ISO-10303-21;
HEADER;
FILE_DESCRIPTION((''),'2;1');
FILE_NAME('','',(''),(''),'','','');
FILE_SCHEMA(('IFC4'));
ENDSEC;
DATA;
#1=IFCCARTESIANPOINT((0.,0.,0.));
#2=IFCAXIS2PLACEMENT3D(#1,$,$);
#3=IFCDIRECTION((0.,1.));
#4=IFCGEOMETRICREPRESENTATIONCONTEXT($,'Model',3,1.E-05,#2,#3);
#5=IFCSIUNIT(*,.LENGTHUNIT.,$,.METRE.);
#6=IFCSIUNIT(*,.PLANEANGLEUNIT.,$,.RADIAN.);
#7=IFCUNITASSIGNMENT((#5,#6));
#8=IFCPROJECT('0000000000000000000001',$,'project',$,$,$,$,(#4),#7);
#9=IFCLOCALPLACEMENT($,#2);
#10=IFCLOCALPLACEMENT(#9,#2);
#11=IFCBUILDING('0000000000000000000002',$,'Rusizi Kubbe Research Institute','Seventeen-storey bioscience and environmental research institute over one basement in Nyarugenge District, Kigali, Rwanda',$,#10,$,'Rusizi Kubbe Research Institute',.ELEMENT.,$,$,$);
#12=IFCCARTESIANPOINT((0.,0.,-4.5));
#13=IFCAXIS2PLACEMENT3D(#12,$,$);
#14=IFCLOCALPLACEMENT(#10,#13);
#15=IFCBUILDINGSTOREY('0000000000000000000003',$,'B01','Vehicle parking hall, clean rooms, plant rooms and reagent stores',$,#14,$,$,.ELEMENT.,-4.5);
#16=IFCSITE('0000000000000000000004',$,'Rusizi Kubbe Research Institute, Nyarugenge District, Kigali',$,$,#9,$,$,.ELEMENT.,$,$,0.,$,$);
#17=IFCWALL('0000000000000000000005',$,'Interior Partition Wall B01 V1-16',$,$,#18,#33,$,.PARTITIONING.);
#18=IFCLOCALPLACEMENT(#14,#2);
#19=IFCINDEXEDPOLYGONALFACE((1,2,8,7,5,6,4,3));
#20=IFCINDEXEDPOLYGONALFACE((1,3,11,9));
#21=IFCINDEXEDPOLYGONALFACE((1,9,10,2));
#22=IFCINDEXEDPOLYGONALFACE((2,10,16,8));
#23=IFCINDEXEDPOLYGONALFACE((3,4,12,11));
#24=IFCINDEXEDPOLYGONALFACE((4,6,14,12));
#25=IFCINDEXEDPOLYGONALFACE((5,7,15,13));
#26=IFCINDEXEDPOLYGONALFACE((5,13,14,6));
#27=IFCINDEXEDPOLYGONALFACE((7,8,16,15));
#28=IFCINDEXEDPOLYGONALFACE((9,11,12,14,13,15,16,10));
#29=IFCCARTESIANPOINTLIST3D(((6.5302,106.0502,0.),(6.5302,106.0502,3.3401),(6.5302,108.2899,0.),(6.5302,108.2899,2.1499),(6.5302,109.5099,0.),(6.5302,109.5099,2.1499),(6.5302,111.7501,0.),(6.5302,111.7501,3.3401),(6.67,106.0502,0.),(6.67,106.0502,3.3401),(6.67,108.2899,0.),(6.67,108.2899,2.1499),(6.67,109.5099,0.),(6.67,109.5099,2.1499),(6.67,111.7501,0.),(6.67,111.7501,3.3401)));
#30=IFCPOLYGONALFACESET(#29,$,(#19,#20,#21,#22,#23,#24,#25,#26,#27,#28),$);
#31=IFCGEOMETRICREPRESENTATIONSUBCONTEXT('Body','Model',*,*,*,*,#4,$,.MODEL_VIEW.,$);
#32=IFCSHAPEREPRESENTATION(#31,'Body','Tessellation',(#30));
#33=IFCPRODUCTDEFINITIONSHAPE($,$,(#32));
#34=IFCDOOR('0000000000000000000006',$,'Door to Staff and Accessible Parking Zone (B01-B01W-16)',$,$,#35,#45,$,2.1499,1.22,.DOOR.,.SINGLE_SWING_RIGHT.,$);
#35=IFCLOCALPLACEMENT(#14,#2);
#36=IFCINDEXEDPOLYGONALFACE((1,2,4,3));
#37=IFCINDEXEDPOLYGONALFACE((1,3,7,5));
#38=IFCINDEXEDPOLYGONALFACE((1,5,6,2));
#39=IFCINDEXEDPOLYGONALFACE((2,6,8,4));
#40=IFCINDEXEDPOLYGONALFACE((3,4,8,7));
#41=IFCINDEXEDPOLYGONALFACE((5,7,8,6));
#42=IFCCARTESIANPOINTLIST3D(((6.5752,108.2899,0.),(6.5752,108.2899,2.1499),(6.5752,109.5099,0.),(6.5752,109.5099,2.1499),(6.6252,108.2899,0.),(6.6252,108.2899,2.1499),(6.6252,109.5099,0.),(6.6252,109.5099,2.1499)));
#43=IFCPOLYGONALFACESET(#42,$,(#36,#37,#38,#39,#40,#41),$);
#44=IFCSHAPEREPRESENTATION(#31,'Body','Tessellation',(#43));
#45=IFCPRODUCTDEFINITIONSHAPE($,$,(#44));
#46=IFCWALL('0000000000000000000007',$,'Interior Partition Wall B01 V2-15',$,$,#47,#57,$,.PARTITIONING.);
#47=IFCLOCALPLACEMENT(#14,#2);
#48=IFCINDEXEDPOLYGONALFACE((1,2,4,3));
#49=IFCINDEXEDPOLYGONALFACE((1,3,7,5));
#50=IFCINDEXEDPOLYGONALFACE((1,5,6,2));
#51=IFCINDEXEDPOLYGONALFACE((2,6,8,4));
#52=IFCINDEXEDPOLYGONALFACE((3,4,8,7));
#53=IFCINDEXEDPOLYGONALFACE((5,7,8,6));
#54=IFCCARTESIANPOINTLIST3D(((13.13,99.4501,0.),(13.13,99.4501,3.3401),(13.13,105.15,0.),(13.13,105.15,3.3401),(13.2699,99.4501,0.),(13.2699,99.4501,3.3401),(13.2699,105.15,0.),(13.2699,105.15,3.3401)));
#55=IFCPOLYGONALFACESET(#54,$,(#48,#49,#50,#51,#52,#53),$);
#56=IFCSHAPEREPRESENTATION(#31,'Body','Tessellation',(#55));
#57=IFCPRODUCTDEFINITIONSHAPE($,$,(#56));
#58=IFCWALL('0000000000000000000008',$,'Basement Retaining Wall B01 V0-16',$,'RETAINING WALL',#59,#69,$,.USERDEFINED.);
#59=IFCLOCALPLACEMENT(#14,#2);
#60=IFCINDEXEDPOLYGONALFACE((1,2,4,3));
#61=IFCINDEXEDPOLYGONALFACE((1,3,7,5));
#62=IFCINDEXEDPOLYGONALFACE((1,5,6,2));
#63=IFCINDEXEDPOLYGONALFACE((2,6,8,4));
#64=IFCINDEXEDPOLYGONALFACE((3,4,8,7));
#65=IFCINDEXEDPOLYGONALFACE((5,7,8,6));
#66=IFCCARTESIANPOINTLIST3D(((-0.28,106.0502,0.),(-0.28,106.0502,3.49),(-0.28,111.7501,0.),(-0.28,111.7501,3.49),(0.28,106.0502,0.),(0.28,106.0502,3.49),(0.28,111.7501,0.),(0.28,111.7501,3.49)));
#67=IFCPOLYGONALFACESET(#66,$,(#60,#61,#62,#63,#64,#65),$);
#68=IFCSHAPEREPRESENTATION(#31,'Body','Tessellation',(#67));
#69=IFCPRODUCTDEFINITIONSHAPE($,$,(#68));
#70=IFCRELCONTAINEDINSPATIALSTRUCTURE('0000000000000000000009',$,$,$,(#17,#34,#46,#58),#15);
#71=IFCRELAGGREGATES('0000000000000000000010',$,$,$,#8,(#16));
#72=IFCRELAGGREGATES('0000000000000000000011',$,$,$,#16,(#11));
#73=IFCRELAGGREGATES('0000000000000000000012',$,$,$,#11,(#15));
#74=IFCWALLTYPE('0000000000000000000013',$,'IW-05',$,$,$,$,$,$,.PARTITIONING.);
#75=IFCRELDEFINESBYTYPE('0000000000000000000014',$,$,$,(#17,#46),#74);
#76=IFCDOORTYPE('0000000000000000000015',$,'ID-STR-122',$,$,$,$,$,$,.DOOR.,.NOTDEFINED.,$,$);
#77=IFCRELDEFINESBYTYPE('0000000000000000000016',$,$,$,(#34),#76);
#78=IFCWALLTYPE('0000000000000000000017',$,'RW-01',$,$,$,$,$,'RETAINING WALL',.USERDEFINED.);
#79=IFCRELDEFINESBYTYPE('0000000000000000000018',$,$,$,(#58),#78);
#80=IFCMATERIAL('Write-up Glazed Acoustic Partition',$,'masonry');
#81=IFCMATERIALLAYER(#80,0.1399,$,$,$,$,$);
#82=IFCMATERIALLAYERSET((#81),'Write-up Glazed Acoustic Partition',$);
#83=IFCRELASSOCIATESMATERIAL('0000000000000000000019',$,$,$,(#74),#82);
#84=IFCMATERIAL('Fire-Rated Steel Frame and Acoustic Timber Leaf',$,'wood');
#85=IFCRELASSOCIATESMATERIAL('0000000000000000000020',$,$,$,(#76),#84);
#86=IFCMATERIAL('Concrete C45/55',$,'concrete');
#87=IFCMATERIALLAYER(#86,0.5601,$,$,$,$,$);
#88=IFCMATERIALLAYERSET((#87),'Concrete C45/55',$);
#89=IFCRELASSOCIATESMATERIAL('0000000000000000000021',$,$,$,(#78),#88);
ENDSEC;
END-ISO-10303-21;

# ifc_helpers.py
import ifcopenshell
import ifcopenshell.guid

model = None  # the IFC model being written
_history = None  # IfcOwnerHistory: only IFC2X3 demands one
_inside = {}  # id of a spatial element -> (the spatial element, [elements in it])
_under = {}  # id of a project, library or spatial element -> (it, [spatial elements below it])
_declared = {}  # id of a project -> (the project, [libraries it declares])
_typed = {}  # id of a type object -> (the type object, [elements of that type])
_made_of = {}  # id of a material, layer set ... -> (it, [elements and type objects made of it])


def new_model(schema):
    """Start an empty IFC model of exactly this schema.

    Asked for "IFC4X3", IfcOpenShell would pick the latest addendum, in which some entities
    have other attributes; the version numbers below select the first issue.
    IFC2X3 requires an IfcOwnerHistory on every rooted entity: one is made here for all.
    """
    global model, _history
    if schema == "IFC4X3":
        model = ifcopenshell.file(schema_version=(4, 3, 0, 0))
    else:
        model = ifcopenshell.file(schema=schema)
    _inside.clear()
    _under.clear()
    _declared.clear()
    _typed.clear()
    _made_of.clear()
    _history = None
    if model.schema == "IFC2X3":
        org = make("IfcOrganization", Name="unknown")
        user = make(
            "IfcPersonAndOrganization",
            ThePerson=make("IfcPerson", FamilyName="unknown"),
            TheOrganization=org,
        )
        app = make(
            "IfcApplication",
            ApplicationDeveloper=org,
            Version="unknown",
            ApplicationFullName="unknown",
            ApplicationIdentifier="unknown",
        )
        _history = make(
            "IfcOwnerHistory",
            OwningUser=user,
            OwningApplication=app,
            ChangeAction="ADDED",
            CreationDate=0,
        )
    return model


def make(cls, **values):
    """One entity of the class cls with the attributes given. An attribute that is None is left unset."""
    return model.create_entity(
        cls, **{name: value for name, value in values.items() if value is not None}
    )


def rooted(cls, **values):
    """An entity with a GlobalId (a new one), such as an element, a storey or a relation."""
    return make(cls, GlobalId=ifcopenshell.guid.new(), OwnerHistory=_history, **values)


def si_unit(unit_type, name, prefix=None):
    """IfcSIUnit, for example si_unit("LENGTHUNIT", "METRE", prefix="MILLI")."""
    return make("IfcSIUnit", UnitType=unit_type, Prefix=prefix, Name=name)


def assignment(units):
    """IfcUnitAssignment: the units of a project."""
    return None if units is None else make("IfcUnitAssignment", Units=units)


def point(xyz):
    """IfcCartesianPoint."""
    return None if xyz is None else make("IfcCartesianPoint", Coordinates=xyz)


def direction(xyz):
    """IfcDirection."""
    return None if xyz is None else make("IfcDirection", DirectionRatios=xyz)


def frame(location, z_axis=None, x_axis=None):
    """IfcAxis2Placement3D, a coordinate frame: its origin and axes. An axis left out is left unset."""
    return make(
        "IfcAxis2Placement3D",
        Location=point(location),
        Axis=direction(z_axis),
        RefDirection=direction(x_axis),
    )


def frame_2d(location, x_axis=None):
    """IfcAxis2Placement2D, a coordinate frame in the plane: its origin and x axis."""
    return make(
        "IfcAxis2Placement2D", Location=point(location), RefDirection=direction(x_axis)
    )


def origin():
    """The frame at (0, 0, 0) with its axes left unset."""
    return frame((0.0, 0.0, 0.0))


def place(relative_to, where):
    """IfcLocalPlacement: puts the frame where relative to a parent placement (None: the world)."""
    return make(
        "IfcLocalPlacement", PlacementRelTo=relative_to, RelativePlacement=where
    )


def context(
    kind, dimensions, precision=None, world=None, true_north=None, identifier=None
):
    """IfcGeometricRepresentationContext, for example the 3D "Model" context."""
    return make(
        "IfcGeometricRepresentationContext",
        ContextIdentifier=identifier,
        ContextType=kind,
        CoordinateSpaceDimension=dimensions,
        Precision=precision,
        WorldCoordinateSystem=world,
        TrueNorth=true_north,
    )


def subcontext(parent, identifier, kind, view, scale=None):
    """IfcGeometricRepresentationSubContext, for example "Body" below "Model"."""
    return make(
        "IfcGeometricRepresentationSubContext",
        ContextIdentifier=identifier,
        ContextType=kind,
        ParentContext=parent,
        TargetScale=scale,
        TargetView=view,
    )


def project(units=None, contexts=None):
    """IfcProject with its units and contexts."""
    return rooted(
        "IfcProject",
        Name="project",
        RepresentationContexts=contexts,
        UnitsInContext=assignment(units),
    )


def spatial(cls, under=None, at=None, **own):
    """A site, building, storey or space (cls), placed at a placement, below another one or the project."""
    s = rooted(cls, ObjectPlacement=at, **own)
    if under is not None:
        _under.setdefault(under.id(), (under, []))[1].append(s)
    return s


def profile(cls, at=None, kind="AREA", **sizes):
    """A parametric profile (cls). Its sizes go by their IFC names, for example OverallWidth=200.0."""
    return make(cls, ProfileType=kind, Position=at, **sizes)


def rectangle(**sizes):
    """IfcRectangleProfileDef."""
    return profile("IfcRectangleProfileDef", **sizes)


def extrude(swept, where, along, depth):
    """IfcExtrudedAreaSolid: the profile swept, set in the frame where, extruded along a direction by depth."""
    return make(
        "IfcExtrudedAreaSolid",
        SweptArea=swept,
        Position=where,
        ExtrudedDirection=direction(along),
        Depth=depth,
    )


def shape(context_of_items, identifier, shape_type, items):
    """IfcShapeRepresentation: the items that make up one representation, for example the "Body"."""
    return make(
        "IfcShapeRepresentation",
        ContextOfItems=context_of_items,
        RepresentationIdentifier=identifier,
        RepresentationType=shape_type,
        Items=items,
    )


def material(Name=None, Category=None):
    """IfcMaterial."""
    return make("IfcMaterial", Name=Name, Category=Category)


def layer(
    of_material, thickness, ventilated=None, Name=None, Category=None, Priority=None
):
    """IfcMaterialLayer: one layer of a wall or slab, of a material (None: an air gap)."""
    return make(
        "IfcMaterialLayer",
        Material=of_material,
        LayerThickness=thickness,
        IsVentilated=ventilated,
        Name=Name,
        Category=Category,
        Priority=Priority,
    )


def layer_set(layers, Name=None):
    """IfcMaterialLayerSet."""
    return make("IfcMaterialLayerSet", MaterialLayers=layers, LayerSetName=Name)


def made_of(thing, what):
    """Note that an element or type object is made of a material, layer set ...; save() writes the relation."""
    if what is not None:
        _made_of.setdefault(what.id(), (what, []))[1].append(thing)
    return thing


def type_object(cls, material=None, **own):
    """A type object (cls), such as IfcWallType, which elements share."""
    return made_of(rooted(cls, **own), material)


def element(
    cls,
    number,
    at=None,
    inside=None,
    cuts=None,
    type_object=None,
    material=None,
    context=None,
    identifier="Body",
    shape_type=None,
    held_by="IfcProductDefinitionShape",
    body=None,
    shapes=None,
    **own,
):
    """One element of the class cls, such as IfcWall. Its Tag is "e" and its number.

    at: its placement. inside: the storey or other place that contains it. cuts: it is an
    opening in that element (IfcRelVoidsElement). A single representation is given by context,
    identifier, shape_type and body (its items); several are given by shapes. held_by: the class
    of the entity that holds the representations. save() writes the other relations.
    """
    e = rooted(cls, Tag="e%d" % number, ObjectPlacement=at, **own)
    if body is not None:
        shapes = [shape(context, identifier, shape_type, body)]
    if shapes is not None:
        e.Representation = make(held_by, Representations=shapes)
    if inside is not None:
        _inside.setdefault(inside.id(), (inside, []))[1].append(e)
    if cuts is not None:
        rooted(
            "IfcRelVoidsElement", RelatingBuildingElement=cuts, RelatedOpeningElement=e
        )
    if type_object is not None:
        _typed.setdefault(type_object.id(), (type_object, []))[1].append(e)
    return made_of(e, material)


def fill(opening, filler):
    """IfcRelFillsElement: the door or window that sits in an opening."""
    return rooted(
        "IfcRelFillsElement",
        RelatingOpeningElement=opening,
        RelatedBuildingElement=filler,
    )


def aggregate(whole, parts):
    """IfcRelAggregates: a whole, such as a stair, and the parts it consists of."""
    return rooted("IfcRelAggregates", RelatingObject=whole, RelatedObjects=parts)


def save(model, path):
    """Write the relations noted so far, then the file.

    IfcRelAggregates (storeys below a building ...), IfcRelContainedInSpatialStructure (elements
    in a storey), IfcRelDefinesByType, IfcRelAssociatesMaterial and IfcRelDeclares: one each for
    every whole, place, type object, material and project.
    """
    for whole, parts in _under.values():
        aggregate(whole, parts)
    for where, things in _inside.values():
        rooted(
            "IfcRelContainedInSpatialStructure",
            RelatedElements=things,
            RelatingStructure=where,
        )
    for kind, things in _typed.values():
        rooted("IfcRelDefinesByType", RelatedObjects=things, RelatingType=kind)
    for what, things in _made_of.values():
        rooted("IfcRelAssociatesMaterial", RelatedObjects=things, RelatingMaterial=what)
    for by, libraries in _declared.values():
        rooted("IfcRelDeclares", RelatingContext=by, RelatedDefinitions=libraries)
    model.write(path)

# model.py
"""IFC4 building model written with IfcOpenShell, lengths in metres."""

from ifc_helpers import new_model, si_unit, direction, frame, frame_2d, origin, place, context, subcontext, project, spatial, rectangle, extrude, material, layer, layer_set, type_object, element, fill, save


model = new_model("IFC4")

# Units and contexts
model_context = context("Model", 3, precision=1e-05, world=origin(), true_north=direction((0.0, 1.0)))
body_context = subcontext(model_context, "Body", "Model", "MODEL_VIEW")
ifc_project = project(units=[si_unit("LENGTHUNIT", "METRE"), si_unit("PLANEANGLEUNIT", "RADIAN")], contexts=[model_context])

# Site, building, storey
site_placement = place(None, origin())
site = spatial("IfcSite", under=ifc_project, at=site_placement, Name="Rusizi Kubbe Research Institute, Nyarugenge District, Kigali", CompositionType="ELEMENT", RefElevation=0.0)
building_placement = place(site_placement, origin())
building = spatial("IfcBuilding", under=site, at=building_placement, Name="Rusizi Kubbe Research Institute", Description="Seventeen-storey bioscience and environmental research institute over one basement in Nyarugenge District, Kigali, Rwanda", LongName="Rusizi Kubbe Research Institute", CompositionType="ELEMENT")
storey_placement = place(building_placement, frame((0.0, 0.0, -4.5)))
storey = spatial("IfcBuildingStorey", under=building, at=storey_placement, Name="B01", Description="Vehicle parking hall, clean rooms, plant rooms and reagent stores", CompositionType="ELEMENT", Elevation=-4.5)

# Shared definitions
ifc_material_1 = material(Name="Write-up Glazed Acoustic Partition", Category="masonry")
ifc_layer_1 = layer(ifc_material_1, 0.1399)
ifc_layer_set_1 = layer_set([ifc_layer_1], Name="Write-up Glazed Acoustic Partition")
wall_type_1 = type_object("IfcWallType", Name="IW-05", PredefinedType="PARTITIONING", material=ifc_layer_set_1)

# Wall, opening, door
wall_1_placement = place(storey_placement, frame((6.6001, 106.05, 0.0), z_axis=(0.0, 0.0, 1.0), x_axis=(0.0, 1.0, 0.0)))
wall_1 = element("IfcWall", 1, at=wall_1_placement, inside=storey, type_object=wall_type_1, Name="Interior Partition Wall B01 V1-16", PredefinedType="PARTITIONING", context=body_context, shape_type="SweptSolid", body=[
    extrude(rectangle(XDim=5.7, YDim=0.1399, at=frame_2d((2.8501, 0.0))), origin(), (0.0, 0.0, 1.0), 3.3401),
])
opening_placement = place(wall_1_placement, frame((2.24, 0.0, 0.0)))
opening = element("IfcOpeningElement", 2, at=opening_placement, cuts=wall_1, PredefinedType="OPENING", context=body_context, shape_type="SweptSolid", body=[
    extrude(rectangle(XDim=1.22, YDim=2.1499, at=frame_2d((0.6099, 1.075))), frame((0.0, 0.0798, 0.0), z_axis=(0.0, -1.0, 0.0), x_axis=(1.0, 0.0, 0.0)), (0.0, 0.0, 1.0), 0.1599),
])
ifc_material_2 = material(Name="Fire-Rated Steel Frame and Acoustic Timber Leaf", Category="wood")
door_type = type_object("IfcDoorType", Name="ID-STR-122", OperationType="NOTDEFINED", PredefinedType="DOOR", material=ifc_material_2)
door_placement = place(opening_placement, origin())
door = element("IfcDoor", 3, at=door_placement, inside=storey, type_object=door_type, Name="Door to Staff and Accessible Parking Zone (B01-B01W-16)", OperationType="SINGLE_SWING_RIGHT", OverallHeight=2.1499, OverallWidth=1.22, PredefinedType="DOOR", context=body_context, shape_type="SweptSolid", body=[
    extrude(rectangle(XDim=1.22, YDim=2.1499, at=frame_2d((0.6099, 1.075))), frame((0.0, 0.0249, 0.0), z_axis=(0.0, -1.0, 0.0), x_axis=(1.0, 0.0, 0.0)), (0.0, 0.0, 1.0), 0.05),
])
fill(opening, door)

# Walls
wall_2_placement = place(storey_placement, frame((13.2, 99.45, 0.0), z_axis=(0.0, 0.0, 1.0), x_axis=(0.0, 1.0, 0.0)))
element("IfcWall", 4, at=wall_2_placement, inside=storey, type_object=wall_type_1, Name="Interior Partition Wall B01 V2-15", PredefinedType="PARTITIONING", context=body_context, shape_type="SweptSolid", body=[
    extrude(rectangle(XDim=5.7, YDim=0.1399, at=frame_2d((2.8501, 0.0))), origin(), (0.0, 0.0, 1.0), 3.3401),
])
ifc_material_3 = material(Name="Concrete C45/55", Category="concrete")
ifc_layer_2 = layer(ifc_material_3, 0.5601)
ifc_layer_set_2 = layer_set([ifc_layer_2], Name="Concrete C45/55")
wall_type_2 = type_object("IfcWallType", Name="RW-01", ElementType="RETAINING WALL", PredefinedType="USERDEFINED", material=ifc_layer_set_2)
wall_3_placement = place(storey_placement, frame((0.0, 106.05, 0.0), z_axis=(0.0, 0.0, 1.0), x_axis=(0.0, 1.0, 0.0)))
element("IfcWall", 5, at=wall_3_placement, inside=storey, type_object=wall_type_2, Name="Basement Retaining Wall B01 V0-16", ObjectType="RETAINING WALL", PredefinedType="USERDEFINED", context=body_context, shape_type="SweptSolid", body=[
    extrude(rectangle(XDim=5.7, YDim=0.5601, at=frame_2d((2.8501, 0.0))), origin(), (0.0, 0.0, 1.0), 3.49),
])

save(model, "model.ifc")
